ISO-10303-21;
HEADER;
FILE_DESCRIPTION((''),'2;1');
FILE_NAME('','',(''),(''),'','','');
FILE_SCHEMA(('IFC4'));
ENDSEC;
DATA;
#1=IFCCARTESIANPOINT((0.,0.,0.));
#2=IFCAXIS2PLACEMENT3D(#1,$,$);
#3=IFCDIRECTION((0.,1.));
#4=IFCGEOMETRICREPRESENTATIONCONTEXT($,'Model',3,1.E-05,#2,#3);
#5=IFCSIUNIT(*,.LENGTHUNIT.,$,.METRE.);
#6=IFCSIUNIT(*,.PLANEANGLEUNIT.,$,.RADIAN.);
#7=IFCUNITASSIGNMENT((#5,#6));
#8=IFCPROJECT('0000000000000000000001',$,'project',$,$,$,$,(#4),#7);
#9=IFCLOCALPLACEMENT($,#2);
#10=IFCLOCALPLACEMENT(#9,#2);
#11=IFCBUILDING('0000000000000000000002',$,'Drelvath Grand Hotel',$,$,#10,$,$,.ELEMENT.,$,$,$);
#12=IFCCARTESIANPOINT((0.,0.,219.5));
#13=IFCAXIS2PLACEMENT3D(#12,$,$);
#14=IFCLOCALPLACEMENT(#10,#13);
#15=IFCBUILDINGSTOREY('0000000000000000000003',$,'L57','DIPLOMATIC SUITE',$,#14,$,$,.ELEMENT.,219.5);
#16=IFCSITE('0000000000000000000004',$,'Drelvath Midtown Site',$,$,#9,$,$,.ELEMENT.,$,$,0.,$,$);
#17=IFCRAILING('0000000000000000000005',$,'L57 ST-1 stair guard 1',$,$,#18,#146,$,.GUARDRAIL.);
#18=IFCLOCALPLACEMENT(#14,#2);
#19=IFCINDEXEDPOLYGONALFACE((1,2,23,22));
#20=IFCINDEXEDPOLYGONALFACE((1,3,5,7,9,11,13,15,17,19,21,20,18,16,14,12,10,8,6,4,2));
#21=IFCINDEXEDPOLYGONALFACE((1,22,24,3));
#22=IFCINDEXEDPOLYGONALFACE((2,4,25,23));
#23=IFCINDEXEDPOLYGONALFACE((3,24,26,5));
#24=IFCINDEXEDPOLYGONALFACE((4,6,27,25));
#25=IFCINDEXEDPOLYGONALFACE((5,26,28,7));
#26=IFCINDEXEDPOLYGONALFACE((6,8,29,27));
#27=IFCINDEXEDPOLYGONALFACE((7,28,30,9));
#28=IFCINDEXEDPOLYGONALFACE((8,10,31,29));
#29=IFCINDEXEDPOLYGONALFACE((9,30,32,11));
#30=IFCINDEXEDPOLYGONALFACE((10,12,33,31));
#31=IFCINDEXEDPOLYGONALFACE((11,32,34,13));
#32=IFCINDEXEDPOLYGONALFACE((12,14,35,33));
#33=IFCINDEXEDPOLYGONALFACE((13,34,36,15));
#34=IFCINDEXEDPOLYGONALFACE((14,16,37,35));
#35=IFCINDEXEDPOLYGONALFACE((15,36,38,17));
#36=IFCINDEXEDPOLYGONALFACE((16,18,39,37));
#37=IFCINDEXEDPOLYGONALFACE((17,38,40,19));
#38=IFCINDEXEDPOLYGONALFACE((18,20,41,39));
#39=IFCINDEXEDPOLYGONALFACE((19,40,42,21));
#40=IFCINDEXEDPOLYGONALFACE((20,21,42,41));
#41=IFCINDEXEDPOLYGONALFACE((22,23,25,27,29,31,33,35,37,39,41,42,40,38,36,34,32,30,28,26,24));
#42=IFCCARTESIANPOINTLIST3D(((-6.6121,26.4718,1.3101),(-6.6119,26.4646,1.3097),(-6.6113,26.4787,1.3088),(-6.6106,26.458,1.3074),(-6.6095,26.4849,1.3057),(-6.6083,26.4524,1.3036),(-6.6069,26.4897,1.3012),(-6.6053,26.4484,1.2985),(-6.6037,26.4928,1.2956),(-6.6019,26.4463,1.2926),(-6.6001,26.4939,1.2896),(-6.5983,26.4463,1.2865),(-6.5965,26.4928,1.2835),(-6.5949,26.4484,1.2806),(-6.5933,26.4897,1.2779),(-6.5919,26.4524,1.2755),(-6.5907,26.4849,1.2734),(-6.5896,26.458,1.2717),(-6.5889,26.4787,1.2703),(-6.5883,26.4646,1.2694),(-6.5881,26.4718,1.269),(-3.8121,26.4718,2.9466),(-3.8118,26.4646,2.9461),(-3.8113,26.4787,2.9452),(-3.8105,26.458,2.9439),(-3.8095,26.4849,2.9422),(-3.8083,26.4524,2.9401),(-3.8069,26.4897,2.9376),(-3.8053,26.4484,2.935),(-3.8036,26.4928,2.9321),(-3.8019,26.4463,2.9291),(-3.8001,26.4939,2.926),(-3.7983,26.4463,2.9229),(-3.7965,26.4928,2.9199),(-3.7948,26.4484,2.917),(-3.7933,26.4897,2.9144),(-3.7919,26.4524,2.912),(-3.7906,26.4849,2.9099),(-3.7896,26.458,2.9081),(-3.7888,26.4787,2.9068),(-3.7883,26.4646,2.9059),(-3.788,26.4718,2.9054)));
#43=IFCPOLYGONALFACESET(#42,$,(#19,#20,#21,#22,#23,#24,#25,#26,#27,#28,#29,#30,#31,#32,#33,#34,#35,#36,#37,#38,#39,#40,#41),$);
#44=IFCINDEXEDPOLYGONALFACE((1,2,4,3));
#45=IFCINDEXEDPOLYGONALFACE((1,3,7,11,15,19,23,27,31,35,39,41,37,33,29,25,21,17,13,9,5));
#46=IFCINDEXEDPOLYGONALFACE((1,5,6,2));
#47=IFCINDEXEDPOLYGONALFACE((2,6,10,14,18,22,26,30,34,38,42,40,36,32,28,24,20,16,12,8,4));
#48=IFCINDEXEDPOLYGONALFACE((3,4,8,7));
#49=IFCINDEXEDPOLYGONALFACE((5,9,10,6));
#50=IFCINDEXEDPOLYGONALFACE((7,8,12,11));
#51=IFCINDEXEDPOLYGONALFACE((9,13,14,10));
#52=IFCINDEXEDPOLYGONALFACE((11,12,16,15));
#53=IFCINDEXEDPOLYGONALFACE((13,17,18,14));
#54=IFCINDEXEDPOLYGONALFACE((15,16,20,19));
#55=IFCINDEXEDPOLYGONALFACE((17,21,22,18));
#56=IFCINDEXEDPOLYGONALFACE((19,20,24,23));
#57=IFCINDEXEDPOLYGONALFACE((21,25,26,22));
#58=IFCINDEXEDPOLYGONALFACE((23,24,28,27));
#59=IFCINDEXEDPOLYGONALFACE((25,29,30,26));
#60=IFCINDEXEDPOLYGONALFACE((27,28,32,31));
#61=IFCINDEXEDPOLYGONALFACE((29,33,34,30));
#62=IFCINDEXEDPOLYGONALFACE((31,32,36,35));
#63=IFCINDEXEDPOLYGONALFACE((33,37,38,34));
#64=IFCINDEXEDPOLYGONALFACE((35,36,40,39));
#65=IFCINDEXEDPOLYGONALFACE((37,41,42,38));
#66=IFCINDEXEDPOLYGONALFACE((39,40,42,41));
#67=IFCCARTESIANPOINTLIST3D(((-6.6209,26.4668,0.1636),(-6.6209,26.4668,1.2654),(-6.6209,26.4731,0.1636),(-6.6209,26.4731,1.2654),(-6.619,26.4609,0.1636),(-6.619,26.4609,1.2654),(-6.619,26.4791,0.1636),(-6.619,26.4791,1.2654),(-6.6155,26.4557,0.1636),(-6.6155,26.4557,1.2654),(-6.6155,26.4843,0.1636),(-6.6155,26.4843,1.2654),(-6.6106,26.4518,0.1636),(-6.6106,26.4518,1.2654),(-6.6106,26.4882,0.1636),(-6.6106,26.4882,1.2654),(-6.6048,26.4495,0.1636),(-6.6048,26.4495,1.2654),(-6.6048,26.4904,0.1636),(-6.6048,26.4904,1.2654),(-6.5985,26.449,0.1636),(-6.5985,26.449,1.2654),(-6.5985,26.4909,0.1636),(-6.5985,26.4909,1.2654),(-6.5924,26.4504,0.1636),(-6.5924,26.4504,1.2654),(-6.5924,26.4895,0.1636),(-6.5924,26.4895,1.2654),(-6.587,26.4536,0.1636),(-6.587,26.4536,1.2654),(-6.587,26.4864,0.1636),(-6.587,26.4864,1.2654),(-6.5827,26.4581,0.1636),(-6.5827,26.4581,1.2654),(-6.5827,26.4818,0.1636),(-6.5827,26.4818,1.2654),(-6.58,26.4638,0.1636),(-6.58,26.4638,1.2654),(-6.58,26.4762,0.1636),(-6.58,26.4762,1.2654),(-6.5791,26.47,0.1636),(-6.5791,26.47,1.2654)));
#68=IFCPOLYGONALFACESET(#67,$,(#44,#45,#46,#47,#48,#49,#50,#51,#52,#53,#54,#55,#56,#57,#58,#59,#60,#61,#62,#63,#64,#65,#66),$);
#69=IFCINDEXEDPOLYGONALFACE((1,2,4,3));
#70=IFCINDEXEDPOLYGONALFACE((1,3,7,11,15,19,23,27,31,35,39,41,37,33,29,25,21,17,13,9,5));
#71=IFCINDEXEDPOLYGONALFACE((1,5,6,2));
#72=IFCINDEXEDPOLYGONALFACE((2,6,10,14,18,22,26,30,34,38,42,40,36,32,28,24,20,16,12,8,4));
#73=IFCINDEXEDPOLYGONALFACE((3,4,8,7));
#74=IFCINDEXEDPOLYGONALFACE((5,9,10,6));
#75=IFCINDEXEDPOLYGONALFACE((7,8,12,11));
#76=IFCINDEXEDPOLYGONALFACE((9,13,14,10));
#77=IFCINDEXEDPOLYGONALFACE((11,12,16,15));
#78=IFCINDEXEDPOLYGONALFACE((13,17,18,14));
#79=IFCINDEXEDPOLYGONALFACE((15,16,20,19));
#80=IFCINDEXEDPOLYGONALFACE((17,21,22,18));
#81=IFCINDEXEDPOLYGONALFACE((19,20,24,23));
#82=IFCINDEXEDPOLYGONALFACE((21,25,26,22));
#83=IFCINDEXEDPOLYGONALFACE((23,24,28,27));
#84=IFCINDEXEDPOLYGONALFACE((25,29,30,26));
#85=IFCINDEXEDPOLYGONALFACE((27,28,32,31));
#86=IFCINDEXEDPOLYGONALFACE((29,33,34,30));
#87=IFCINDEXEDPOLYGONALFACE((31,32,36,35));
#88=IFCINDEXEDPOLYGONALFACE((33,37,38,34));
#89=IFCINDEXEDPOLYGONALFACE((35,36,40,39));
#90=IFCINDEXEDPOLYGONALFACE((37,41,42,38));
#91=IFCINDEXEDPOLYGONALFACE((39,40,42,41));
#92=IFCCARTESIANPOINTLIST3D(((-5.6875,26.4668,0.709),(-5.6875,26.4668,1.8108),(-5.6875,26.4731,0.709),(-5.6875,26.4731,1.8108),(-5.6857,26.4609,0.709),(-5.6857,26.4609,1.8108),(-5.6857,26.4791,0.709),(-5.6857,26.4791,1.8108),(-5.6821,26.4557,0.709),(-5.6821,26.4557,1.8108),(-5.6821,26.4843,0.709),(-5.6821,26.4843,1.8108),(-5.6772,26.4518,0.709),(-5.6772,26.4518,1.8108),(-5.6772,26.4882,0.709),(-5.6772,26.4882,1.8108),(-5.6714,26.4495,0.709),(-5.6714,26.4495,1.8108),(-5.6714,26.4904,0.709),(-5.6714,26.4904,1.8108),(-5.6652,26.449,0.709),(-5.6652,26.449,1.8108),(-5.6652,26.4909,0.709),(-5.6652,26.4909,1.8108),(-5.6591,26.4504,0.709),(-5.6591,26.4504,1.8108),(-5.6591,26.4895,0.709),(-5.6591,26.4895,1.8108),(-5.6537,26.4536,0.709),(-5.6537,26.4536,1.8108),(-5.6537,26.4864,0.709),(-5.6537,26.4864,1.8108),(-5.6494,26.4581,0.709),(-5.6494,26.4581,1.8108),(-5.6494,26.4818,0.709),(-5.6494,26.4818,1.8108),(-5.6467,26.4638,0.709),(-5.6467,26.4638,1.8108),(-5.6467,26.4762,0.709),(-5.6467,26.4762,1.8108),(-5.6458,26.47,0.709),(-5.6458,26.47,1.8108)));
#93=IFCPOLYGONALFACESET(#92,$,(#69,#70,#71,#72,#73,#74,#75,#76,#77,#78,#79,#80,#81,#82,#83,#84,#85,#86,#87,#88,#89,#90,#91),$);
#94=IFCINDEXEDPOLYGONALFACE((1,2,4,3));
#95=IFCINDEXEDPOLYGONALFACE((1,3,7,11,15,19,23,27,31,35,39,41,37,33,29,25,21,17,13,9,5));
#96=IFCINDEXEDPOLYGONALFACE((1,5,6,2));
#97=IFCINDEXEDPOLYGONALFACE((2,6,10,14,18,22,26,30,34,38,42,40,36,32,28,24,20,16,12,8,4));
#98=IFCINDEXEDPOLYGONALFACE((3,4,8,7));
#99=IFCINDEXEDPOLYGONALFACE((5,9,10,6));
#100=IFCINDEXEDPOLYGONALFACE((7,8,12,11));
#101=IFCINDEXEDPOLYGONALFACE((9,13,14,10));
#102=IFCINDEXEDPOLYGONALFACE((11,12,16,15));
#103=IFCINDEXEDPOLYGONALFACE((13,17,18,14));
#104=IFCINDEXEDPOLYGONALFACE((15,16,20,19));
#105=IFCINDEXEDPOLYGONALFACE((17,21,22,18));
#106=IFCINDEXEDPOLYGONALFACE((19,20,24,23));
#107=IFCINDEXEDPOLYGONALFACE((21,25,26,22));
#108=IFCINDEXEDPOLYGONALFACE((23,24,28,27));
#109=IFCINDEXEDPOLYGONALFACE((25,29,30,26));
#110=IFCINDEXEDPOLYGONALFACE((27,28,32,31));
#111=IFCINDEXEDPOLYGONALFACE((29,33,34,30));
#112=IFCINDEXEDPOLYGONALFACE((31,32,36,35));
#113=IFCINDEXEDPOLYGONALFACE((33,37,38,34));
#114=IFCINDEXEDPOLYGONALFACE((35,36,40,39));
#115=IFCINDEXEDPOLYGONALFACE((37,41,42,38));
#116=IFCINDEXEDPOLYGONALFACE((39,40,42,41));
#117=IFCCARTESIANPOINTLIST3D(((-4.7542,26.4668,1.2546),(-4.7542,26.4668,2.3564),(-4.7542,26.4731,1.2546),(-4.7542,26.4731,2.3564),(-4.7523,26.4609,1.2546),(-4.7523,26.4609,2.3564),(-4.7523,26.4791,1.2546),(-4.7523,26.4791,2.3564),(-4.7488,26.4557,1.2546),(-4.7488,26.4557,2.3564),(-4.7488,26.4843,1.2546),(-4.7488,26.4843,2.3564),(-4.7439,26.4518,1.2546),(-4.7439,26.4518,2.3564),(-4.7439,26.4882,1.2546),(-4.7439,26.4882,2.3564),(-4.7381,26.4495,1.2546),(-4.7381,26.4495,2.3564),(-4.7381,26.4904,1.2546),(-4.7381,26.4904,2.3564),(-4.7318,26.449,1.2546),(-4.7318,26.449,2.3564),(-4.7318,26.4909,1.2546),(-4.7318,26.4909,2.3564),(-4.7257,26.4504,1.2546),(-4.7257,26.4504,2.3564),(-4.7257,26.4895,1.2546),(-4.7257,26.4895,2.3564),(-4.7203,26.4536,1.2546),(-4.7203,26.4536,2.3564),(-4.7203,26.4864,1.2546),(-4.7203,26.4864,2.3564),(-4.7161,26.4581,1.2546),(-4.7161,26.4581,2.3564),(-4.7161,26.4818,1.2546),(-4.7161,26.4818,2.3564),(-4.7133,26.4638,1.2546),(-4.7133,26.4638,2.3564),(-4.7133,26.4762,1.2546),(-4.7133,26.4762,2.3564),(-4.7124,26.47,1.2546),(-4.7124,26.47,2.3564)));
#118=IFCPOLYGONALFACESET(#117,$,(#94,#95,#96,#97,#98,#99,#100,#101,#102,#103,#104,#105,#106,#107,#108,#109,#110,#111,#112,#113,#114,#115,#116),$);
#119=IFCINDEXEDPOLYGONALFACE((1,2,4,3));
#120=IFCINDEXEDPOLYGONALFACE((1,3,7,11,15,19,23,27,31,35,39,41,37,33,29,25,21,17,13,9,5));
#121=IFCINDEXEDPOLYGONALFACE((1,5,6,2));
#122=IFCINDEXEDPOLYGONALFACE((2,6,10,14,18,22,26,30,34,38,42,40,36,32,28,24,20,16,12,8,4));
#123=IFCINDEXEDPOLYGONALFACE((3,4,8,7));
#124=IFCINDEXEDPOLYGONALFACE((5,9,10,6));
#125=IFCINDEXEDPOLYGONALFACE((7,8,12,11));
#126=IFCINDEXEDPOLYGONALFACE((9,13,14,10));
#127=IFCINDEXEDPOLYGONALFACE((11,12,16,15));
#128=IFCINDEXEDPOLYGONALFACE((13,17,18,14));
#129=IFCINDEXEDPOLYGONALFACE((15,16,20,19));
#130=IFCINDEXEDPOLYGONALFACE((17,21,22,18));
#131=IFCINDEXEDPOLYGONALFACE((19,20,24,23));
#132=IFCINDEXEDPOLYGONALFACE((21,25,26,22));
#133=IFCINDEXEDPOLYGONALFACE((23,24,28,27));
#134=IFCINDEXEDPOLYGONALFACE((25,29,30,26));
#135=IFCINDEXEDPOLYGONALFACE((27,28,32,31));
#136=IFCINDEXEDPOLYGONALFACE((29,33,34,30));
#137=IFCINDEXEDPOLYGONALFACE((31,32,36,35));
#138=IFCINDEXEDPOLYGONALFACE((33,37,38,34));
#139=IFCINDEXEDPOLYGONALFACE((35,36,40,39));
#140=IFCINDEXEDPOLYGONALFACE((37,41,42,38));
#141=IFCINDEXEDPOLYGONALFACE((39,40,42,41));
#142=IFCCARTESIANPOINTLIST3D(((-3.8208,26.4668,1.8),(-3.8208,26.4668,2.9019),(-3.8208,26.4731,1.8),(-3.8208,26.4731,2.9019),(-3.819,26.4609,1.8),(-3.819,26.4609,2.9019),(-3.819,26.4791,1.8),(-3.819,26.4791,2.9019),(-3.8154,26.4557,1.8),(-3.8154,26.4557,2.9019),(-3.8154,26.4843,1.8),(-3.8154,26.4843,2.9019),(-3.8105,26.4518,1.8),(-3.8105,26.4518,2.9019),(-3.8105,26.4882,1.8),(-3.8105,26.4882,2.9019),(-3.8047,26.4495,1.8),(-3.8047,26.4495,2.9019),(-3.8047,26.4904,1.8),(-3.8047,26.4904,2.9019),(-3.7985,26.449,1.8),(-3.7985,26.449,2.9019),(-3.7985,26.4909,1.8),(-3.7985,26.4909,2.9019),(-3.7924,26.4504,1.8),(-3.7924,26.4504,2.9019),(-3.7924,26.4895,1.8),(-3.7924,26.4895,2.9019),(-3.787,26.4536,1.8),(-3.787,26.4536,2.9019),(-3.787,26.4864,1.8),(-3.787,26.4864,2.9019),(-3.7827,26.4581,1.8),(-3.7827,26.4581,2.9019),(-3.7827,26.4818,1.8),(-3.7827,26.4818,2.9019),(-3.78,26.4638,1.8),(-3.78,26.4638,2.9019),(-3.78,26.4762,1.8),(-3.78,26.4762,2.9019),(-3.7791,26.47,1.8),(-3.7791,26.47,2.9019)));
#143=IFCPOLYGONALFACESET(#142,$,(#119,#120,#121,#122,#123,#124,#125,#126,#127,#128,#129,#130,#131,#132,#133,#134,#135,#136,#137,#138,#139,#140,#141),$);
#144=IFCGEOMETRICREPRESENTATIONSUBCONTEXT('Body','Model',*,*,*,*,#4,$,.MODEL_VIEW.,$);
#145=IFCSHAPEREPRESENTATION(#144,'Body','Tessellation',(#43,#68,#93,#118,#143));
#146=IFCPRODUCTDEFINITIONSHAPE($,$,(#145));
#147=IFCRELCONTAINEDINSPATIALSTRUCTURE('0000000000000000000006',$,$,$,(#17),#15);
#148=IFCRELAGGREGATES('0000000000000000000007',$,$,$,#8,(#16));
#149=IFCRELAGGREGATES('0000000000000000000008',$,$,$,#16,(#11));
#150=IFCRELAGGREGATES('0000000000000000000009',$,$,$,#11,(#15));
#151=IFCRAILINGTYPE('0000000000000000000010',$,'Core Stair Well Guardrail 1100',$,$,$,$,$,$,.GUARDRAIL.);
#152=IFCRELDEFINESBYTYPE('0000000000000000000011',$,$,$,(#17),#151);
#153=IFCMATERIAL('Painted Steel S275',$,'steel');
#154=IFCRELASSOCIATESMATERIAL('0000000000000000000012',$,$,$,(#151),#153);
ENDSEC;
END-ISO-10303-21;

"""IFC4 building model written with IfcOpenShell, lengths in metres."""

from ifc_helpers import new_model, si_unit, direction, frame, origin, origin_2d, place, context, subcontext, project, spatial, circle, extrude, material, type_object, element, save


model = new_model("IFC4")

# Units and contexts
model_context = context("Model", 3, precision=1e-05, world=origin(), true_north=direction((0.0, 1.0)))
body_context = subcontext(model_context, "Body", "Model", "MODEL_VIEW")
ifc_project = project(units=[si_unit("LENGTHUNIT", "METRE"), si_unit("PLANEANGLEUNIT", "RADIAN")], contexts=[model_context])

# Site, building, storey
site_placement = place(None, origin())
site = spatial("IfcSite", under=ifc_project, at=site_placement, Name="Drelvath Midtown Site", CompositionType="ELEMENT", RefElevation=0.0)
building_placement = place(site_placement, origin())
building = spatial("IfcBuilding", under=site, at=building_placement, Name="Drelvath Grand Hotel", CompositionType="ELEMENT")
storey_placement = place(building_placement, frame((0.0, 0.0, 219.5)))
storey = spatial("IfcBuildingStorey", under=building, at=storey_placement, Name="L57", Description="DIPLOMATIC SUITE", CompositionType="ELEMENT", Elevation=219.5)

# Shared definitions
ifc_material_1 = material(Name="Painted Steel S275", Category="steel")

# Railing
railing_type_1 = type_object("IfcRailingType", Name="Core Stair Well Guardrail 1100", PredefinedType="GUARDRAIL", material=ifc_material_1)
railing_1_placement = place(storey_placement, frame((-6.6001, 26.47, 0.1636)))
element("IfcRailing", 1, at=railing_1_placement, inside=storey, type_object=railing_type_1, Name="L57 ST-1 stair guard 1", PredefinedType="GUARDRAIL", context=body_context, shape_type="SweptSolid", body=[
    extrude(circle(Radius=0.0239, at=origin_2d()), frame((0.0, 0.0, 1.126), z_axis=(0.863361, 0.0, 0.504587), x_axis=(0.0, 1.0, 0.0)), (0.0, 0.0, 1.0), 3.2432),
    extrude(circle(Radius=0.021, at=origin_2d()), origin(), (0.0, 0.0, 1.0), 1.1018),
    extrude(circle(Radius=0.021, at=origin_2d()), frame((0.9333, 0.0, 0.5454)), (0.0, 0.0, 1.0), 1.1018),
    extrude(circle(Radius=0.021, at=origin_2d()), frame((1.8667, 0.0, 1.0911)), (0.0, 0.0, 1.0), 1.1018),
    extrude(circle(Radius=0.021, at=origin_2d()), frame((2.8, 0.0, 1.6365)), (0.0, 0.0, 1.0), 1.1018),
])

save(model, "model.ifc")
